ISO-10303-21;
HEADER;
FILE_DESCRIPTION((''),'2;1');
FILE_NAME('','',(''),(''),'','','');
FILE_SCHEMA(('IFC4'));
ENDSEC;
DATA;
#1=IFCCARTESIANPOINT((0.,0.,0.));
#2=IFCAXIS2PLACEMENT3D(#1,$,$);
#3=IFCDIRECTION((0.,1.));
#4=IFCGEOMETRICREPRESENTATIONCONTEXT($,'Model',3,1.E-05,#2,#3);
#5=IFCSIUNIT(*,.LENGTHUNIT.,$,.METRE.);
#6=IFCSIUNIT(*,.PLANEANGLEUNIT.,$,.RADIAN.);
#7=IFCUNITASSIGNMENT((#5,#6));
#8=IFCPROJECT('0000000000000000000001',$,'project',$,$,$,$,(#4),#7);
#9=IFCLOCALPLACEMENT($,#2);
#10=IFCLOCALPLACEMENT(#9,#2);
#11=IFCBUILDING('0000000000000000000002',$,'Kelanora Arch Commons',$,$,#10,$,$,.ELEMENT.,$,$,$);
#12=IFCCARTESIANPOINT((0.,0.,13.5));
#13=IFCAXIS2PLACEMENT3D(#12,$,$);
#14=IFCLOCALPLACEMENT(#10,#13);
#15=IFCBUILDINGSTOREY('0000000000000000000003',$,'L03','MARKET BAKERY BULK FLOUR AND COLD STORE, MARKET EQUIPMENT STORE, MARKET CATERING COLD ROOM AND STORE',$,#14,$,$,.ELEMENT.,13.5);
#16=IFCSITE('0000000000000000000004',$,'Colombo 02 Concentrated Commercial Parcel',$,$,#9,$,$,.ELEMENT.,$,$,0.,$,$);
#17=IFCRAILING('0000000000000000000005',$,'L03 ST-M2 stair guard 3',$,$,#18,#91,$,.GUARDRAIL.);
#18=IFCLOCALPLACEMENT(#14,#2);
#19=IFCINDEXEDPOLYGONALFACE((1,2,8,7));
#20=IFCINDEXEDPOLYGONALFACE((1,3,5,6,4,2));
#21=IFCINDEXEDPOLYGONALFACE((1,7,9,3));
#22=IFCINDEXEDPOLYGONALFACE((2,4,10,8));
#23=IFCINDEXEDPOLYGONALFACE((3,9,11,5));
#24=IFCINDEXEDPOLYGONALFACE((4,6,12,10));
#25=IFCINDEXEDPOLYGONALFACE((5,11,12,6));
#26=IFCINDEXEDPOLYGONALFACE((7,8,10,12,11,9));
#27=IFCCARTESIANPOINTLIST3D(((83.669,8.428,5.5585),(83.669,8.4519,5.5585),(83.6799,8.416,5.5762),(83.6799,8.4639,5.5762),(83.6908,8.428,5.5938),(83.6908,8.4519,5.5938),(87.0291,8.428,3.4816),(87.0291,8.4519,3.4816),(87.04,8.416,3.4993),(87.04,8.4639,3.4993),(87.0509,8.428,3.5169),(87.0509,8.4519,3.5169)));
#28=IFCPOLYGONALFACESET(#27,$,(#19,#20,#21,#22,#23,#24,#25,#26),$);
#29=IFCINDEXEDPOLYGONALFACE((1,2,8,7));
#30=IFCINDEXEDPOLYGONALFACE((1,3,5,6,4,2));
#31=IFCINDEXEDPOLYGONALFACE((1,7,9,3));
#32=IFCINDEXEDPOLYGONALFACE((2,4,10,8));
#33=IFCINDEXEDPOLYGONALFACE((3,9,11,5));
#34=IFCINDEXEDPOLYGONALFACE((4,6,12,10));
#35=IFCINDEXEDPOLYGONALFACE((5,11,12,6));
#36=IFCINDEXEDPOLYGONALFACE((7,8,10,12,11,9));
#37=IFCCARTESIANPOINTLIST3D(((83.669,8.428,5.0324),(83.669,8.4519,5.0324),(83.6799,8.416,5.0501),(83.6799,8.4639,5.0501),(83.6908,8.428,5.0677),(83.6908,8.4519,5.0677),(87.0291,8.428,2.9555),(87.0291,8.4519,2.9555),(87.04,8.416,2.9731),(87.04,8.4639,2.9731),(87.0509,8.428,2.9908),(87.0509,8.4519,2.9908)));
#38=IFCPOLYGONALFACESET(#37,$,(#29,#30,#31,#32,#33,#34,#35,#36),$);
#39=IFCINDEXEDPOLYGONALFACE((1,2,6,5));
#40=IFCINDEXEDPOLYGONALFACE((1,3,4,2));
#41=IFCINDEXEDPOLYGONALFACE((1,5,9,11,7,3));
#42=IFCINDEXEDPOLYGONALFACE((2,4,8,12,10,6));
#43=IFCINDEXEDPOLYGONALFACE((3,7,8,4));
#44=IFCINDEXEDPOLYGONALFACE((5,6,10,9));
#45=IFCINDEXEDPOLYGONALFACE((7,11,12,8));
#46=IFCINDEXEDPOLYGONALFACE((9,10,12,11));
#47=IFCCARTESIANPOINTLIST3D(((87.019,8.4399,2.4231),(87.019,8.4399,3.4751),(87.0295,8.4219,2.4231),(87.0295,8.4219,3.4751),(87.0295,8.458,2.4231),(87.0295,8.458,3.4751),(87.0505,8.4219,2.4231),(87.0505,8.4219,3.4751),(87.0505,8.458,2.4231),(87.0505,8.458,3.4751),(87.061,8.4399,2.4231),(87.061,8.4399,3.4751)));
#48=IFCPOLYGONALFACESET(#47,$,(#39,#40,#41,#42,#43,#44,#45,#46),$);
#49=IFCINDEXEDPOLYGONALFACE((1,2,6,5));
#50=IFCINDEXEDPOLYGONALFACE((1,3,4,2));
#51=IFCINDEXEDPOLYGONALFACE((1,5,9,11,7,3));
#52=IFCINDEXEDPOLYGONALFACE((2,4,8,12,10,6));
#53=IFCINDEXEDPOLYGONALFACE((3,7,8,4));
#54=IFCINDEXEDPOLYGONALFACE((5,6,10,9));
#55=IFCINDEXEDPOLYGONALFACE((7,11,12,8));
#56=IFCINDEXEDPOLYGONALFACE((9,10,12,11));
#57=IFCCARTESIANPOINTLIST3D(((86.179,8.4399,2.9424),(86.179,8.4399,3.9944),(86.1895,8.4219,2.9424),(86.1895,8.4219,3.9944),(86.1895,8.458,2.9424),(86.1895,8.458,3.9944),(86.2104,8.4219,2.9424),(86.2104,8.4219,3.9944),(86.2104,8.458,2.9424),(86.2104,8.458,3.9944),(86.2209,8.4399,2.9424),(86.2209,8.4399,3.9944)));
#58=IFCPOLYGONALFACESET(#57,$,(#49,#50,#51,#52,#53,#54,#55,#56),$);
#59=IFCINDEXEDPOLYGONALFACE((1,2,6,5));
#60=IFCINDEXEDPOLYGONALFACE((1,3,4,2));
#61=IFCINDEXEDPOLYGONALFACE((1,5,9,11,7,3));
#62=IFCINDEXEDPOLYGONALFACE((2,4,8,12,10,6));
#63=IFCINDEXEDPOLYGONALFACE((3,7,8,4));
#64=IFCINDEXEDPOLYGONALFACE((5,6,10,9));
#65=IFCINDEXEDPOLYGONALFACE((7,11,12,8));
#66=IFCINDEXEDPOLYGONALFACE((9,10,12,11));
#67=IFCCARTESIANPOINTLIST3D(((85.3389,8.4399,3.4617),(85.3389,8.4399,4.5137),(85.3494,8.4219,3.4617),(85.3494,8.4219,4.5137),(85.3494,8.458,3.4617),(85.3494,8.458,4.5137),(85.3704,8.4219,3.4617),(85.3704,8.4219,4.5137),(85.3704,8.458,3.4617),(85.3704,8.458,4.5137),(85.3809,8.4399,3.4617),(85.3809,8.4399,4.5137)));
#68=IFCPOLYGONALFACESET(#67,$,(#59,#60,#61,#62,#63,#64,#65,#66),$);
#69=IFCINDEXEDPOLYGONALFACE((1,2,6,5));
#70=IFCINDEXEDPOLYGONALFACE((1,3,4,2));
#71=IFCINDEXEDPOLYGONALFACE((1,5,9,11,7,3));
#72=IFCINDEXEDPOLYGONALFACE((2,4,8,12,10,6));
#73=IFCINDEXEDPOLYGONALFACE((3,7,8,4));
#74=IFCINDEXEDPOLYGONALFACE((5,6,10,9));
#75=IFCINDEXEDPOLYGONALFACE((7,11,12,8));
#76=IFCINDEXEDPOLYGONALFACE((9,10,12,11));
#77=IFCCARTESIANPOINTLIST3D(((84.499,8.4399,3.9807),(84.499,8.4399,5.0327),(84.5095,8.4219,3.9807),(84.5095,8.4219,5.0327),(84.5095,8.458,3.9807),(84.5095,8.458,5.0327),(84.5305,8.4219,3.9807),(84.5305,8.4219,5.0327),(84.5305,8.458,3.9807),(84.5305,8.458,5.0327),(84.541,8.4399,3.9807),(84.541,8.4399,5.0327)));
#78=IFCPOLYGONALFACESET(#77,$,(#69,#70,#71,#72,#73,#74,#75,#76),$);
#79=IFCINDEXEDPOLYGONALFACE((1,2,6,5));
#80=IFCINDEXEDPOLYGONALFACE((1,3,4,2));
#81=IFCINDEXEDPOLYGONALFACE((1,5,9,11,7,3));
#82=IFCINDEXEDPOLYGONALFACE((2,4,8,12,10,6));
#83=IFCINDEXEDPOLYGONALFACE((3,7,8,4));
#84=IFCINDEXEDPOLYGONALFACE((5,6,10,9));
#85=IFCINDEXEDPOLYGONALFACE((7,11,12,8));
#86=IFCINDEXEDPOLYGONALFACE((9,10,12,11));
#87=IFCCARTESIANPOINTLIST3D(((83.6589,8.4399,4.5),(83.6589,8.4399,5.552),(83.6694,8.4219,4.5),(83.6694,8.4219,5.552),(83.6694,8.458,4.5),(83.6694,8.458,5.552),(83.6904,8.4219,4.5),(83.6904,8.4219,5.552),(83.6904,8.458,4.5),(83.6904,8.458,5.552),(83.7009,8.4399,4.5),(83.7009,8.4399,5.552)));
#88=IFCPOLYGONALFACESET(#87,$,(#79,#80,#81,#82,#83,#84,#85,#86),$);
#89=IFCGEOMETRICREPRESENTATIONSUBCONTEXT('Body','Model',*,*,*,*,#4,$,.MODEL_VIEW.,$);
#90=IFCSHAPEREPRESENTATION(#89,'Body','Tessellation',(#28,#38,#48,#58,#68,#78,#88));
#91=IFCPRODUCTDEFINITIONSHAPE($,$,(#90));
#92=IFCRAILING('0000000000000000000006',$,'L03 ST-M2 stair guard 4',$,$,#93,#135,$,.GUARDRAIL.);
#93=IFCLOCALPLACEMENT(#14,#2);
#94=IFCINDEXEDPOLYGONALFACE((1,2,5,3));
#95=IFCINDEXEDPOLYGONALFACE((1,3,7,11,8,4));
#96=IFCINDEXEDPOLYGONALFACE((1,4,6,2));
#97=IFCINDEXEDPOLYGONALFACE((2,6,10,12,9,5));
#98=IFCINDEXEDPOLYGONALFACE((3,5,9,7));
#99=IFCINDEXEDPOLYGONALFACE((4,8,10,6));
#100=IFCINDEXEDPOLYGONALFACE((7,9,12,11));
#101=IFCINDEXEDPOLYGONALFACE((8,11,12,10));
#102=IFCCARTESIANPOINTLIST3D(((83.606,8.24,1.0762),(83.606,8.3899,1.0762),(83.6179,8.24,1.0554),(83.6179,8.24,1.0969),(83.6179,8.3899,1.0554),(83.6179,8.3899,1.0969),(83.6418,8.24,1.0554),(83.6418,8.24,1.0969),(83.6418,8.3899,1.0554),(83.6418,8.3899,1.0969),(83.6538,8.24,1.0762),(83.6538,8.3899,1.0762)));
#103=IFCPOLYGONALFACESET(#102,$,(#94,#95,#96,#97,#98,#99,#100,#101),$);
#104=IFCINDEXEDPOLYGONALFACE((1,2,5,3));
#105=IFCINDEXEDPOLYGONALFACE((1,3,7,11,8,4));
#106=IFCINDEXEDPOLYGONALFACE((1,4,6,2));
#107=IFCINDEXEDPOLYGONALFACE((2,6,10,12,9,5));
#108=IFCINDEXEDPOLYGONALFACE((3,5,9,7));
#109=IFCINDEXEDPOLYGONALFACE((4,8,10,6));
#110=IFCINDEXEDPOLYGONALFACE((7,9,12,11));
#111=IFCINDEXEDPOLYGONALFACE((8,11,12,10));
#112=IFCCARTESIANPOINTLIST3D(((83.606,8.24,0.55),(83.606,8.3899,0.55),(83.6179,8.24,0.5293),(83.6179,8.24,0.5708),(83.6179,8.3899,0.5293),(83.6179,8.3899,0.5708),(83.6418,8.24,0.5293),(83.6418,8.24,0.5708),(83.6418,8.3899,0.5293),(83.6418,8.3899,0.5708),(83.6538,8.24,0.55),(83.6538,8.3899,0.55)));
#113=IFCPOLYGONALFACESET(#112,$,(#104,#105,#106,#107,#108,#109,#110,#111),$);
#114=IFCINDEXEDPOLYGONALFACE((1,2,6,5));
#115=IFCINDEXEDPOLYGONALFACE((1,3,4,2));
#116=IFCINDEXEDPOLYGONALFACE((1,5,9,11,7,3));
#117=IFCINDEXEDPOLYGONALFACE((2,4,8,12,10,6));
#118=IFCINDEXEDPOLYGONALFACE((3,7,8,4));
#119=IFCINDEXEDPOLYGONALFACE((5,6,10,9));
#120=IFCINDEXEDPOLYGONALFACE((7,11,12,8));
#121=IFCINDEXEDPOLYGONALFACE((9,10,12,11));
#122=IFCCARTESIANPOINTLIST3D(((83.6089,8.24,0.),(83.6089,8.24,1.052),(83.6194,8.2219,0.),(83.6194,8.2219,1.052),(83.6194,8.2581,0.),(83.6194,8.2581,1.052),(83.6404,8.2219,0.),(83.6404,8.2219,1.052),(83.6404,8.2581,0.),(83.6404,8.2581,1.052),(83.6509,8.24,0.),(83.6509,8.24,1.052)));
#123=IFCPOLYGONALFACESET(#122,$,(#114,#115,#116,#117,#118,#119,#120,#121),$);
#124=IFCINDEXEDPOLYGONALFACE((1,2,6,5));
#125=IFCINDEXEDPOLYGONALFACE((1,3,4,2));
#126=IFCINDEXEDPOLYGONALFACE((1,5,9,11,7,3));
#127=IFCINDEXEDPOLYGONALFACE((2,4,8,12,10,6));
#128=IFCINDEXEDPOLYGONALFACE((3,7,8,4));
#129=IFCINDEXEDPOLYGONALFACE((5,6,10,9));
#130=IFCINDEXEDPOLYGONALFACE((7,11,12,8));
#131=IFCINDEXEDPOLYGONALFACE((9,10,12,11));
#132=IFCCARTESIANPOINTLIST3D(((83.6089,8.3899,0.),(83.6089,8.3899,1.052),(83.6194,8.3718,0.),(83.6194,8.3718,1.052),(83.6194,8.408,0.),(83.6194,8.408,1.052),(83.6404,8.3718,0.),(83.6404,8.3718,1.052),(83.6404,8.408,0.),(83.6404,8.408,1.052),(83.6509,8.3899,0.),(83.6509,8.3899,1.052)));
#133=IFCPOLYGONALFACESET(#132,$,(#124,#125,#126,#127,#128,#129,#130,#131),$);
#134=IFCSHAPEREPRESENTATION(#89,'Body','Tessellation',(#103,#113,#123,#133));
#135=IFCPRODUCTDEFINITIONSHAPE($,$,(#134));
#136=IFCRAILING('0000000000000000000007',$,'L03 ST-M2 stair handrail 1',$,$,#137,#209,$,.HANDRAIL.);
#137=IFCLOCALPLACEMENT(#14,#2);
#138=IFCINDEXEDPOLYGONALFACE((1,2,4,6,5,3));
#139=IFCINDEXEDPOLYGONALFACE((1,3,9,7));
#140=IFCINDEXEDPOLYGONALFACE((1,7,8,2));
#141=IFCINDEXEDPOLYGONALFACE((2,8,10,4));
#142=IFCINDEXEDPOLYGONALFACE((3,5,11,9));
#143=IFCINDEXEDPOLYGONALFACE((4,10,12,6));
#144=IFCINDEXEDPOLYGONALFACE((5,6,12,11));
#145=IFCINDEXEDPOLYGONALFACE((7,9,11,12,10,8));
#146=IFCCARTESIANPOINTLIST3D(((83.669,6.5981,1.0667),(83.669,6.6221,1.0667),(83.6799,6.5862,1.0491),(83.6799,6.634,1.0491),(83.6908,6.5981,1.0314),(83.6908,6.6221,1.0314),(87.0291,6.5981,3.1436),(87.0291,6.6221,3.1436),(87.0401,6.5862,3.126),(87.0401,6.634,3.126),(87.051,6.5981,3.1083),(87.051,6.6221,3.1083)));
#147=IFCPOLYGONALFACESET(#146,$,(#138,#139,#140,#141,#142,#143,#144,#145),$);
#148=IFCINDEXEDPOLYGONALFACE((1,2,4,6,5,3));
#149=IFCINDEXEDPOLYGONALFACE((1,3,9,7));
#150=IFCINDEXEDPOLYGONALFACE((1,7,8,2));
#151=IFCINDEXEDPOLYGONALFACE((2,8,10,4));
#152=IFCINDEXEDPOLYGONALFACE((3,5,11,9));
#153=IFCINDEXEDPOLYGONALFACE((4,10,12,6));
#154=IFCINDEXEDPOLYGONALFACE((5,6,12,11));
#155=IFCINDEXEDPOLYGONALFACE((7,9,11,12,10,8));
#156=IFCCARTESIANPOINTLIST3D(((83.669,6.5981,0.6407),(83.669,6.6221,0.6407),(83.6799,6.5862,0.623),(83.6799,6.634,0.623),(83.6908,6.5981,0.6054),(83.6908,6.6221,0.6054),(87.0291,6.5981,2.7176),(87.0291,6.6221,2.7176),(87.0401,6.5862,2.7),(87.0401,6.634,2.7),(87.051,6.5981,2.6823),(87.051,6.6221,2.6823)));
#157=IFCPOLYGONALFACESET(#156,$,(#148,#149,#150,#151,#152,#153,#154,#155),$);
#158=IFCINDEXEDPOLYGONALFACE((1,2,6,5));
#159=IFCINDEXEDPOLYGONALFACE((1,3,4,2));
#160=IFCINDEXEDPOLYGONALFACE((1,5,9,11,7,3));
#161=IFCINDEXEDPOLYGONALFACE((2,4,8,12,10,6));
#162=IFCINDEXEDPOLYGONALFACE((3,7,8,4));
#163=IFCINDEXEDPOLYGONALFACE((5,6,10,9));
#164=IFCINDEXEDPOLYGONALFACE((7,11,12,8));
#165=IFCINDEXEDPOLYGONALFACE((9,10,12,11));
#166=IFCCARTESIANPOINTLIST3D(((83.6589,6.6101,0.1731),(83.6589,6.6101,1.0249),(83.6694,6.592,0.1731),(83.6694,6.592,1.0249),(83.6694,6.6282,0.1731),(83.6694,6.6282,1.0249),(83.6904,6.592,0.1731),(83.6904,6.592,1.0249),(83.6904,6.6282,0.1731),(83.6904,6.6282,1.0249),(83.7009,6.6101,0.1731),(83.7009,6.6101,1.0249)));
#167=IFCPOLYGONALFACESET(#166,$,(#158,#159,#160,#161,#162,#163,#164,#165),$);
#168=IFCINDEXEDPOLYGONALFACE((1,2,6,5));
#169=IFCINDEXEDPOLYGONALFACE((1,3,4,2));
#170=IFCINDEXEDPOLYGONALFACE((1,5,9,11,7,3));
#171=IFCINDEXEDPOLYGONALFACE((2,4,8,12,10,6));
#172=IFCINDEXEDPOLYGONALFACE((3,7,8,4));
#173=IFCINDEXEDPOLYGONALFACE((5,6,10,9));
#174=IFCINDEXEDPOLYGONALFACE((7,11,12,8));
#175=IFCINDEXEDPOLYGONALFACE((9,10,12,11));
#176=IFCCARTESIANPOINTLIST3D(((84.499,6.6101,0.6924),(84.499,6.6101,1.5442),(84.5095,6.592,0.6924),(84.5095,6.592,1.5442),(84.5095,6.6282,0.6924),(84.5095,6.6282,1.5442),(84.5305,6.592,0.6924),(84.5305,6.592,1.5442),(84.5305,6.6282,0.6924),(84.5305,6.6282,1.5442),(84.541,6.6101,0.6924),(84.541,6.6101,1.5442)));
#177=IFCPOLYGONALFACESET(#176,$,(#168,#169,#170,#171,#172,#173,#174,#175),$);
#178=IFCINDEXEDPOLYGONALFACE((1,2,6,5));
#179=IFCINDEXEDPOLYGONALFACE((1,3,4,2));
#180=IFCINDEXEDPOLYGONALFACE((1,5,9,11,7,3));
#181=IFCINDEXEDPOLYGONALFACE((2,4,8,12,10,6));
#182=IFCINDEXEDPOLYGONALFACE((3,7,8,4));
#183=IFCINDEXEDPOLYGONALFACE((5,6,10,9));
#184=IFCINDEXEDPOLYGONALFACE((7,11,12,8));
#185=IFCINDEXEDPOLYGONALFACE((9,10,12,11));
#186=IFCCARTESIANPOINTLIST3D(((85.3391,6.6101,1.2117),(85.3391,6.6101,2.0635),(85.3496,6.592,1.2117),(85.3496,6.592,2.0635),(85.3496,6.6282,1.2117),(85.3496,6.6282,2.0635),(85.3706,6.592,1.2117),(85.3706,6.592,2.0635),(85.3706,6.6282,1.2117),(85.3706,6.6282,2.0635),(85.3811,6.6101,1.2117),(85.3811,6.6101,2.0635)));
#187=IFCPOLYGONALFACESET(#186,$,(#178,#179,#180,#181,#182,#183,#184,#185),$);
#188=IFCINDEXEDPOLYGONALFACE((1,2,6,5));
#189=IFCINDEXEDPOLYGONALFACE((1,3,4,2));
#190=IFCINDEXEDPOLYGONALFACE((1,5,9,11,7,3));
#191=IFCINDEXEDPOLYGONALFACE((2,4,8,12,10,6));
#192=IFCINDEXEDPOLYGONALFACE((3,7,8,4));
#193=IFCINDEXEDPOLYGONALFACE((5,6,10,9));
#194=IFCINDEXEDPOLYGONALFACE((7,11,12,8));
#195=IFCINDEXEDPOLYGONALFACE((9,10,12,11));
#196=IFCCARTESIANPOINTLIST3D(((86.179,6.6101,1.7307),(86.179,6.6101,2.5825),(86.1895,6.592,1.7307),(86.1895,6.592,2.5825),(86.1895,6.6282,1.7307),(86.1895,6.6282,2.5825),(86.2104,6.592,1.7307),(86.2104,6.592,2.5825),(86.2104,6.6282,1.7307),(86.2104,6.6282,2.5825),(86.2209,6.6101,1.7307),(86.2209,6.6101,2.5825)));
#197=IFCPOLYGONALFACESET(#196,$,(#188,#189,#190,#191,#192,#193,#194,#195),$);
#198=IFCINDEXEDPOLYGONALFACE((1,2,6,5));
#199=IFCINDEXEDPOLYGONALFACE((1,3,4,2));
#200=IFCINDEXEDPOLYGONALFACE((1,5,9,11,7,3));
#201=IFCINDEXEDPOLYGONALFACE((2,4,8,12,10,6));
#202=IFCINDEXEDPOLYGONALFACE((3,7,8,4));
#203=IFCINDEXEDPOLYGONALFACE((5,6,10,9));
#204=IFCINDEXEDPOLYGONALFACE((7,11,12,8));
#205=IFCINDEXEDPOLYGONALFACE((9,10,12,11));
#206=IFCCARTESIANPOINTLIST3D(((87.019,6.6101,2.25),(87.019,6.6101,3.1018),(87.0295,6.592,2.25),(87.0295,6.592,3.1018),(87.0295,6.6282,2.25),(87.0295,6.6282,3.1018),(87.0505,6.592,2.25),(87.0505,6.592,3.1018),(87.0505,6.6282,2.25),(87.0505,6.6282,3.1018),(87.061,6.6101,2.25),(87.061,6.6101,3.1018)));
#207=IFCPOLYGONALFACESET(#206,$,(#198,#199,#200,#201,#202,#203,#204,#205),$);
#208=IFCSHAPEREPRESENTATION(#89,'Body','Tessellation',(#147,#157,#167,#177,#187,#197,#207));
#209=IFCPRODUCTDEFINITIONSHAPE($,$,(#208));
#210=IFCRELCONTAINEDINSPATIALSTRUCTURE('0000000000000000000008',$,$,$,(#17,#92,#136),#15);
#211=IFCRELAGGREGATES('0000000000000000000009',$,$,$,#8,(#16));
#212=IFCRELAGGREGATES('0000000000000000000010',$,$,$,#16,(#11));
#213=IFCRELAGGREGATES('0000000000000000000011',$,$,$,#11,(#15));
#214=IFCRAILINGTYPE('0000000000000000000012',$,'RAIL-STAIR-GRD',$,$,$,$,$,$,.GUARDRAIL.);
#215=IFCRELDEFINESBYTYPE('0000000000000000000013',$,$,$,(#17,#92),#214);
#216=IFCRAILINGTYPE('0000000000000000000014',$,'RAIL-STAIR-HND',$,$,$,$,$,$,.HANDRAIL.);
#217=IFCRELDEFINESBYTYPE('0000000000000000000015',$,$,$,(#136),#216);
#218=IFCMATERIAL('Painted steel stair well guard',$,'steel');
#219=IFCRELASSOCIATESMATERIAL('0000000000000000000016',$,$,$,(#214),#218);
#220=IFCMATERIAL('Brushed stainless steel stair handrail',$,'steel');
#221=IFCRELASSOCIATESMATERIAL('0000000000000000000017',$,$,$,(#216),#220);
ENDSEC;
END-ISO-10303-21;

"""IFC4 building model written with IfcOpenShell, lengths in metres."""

from ifc_helpers import new_model, si_unit, direction, frame, origin, place, context, subcontext, project, spatial, polyline, outline, extrude, material, type_object, element, save


model = new_model("IFC4")

# Units and contexts
model_context = context("Model", 3, precision=1e-05, world=origin(), true_north=direction((0.0, 1.0)))
body_context = subcontext(model_context, "Body", "Model", "MODEL_VIEW")
ifc_project = project(units=[si_unit("LENGTHUNIT", "METRE"), si_unit("PLANEANGLEUNIT", "RADIAN")], contexts=[model_context])

# Site, building, storey
site_placement = place(None, origin())
site = spatial("IfcSite", under=ifc_project, at=site_placement, Name="Colombo 02 Concentrated Commercial Parcel", CompositionType="ELEMENT", RefElevation=0.0)
building_placement = place(site_placement, origin())
building = spatial("IfcBuilding", under=site, at=building_placement, Name="Kelanora Arch Commons", CompositionType="ELEMENT")
storey_placement = place(building_placement, frame((0.0, 0.0, 13.5)))
storey = spatial("IfcBuildingStorey", under=building, at=storey_placement, Name="L03", Description="MARKET BAKERY BULK FLOUR AND COLD STORE, MARKET EQUIPMENT STORE, MARKET CATERING COLD ROOM AND STORE", CompositionType="ELEMENT", Elevation=13.5)

# Railings
ifc_material_1 = material(Name="Painted steel stair well guard", Category="steel")
railing_type_1 = type_object("IfcRailingType", Name="RAIL-STAIR-GRD", PredefinedType="GUARDRAIL", material=ifc_material_1)
railing_1_placement = place(storey_placement, frame((87.04, 8.4399, 2.4231)))
element("IfcRailing", 1, at=railing_1_placement, inside=storey, type_object=railing_type_1, Name="L03 ST-M2 stair guard 3", PredefinedType="GUARDRAIL", context=body_context, shape_type="SweptSolid", body=[
    extrude(outline(polyline([(0.0239, 0.0), (0.012, 0.0208), (-0.012, 0.0208), (-0.0239, 0.0), (-0.012, -0.0208), (0.012, -0.0208), (0.0239, 0.0)])), frame((0.0, 0.0, 1.0762), z_axis=(-0.850623, 0.0, 0.525776), x_axis=(0.0, -1.0, 0.0)), (0.0, 0.0, 1.0), 3.9502),
    extrude(outline(polyline([(0.0239, 0.0), (0.012, 0.0208), (-0.012, 0.0208), (-0.0239, 0.0), (-0.012, -0.0208), (0.012, -0.0208), (0.0239, 0.0)])), frame((0.0, 0.0, 0.55), z_axis=(-0.850623, 0.0, 0.525776), x_axis=(0.0, -1.0, 0.0)), (0.0, 0.0, 1.0), 3.9502),
    extrude(outline(polyline([(0.021, 0.0), (0.0105, 0.0181), (-0.0105, 0.0181), (-0.021, 0.0), (-0.0105, -0.0181), (0.0105, -0.0181), (0.021, 0.0)])), origin(), (0.0, 0.0, 1.0), 1.052),
    extrude(outline(polyline([(0.021, 0.0), (0.0105, 0.0181), (-0.0105, 0.0181), (-0.021, 0.0), (-0.0105, -0.0181), (0.0105, -0.0181), (0.021, 0.0)])), frame((-0.8401, 0.0, 0.5193)), (0.0, 0.0, 1.0), 1.052),
    extrude(outline(polyline([(0.021, 0.0), (0.0105, 0.0181), (-0.0105, 0.0181), (-0.021, 0.0), (-0.0105, -0.0181), (0.0105, -0.0181), (0.021, 0.0)])), frame((-1.6802, 0.0, 1.0386)), (0.0, 0.0, 1.0), 1.052),
    extrude(outline(polyline([(0.021, 0.0), (0.0105, 0.0181), (-0.0105, 0.0181), (-0.021, 0.0), (-0.0105, -0.0181), (0.0105, -0.0181), (0.021, 0.0)])), frame((-2.52, 0.0, 1.5576)), (0.0, 0.0, 1.0), 1.052),
    extrude(outline(polyline([(0.021, 0.0), (0.0105, 0.0181), (-0.0105, 0.0181), (-0.021, 0.0), (-0.0105, -0.0181), (0.0105, -0.0181), (0.021, 0.0)])), frame((-3.3601, 0.0, 2.0769)), (0.0, 0.0, 1.0), 1.052),
])
railing_2_placement = place(storey_placement, frame((83.6299, 8.24, 0.0)))
element("IfcRailing", 2, at=railing_2_placement, inside=storey, type_object=railing_type_1, Name="L03 ST-M2 stair guard 4", PredefinedType="GUARDRAIL", context=body_context, shape_type="SweptSolid", body=[
    extrude(outline(polyline([(0.0239, 0.0), (0.012, 0.0208), (-0.012, 0.0208), (-0.0239, 0.0), (-0.012, -0.0208), (0.012, -0.0208), (0.0239, 0.0)])), frame((0.0, 0.0, 1.0762), z_axis=(0.0, 1.0, 0.0), x_axis=(-1.0, 0.0, 0.0)), (0.0, 0.0, 1.0), 0.1499),
    extrude(outline(polyline([(0.0239, 0.0), (0.012, 0.0208), (-0.012, 0.0208), (-0.0239, 0.0), (-0.012, -0.0208), (0.012, -0.0208), (0.0239, 0.0)])), frame((0.0, 0.0, 0.55), z_axis=(0.0, 1.0, 0.0), x_axis=(-1.0, 0.0, 0.0)), (0.0, 0.0, 1.0), 0.1499),
    extrude(outline(polyline([(0.021, 0.0), (0.0105, 0.0181), (-0.0105, 0.0181), (-0.021, 0.0), (-0.0105, -0.0181), (0.0105, -0.0181), (0.021, 0.0)])), origin(), (0.0, 0.0, 1.0), 1.052),
    extrude(outline(polyline([(0.021, 0.0), (0.0105, 0.0181), (-0.0105, 0.0181), (-0.021, 0.0), (-0.0105, -0.0181), (0.0105, -0.0181), (0.021, 0.0)])), frame((0.0, 0.1499, 0.0)), (0.0, 0.0, 1.0), 1.052),
])
ifc_material_2 = material(Name="Brushed stainless steel stair handrail", Category="steel")
railing_type_2 = type_object("IfcRailingType", Name="RAIL-STAIR-HND", PredefinedType="HANDRAIL", material=ifc_material_2)
railing_3_placement = place(storey_placement, frame((83.6799, 6.6101, 0.1731)))
element("IfcRailing", 3, at=railing_3_placement, inside=storey, type_object=railing_type_2, Name="L03 ST-M2 stair handrail 1", PredefinedType="HANDRAIL", context=body_context, shape_type="SweptSolid", body=[
    extrude(outline(polyline([(0.0239, 0.0), (0.012, 0.0208), (-0.012, 0.0208), (-0.0239, 0.0), (-0.012, -0.0208), (0.012, -0.0208), (0.0239, 0.0)])), frame((0.0, 0.0, 0.876), z_axis=(0.850623, 0.0, 0.525776), x_axis=(0.0, 1.0, 0.0)), (0.0, 0.0, 1.0), 3.9502),
    extrude(outline(polyline([(0.0239, 0.0), (0.012, 0.0208), (-0.012, 0.0208), (-0.0239, 0.0), (-0.012, -0.0208), (0.012, -0.0208), (0.0239, 0.0)])), frame((0.0, 0.0, 0.45), z_axis=(0.850623, 0.0, 0.525776), x_axis=(0.0, 1.0, 0.0)), (0.0, 0.0, 1.0), 3.9502),
    extrude(outline(polyline([(0.021, 0.0), (0.0105, 0.0181), (-0.0105, 0.0181), (-0.021, 0.0), (-0.0105, -0.0181), (0.0105, -0.0181), (0.021, 0.0)])), origin(), (0.0, 0.0, 1.0), 0.8518),
    extrude(outline(polyline([(0.021, 0.0), (0.0105, 0.0181), (-0.0105, 0.0181), (-0.021, 0.0), (-0.0105, -0.0181), (0.0105, -0.0181), (0.021, 0.0)])), frame((0.8401, 0.0, 0.5193)), (0.0, 0.0, 1.0), 0.8518),
    extrude(outline(polyline([(0.021, 0.0), (0.0105, 0.0181), (-0.0105, 0.0181), (-0.021, 0.0), (-0.0105, -0.0181), (0.0105, -0.0181), (0.021, 0.0)])), frame((1.6802, 0.0, 1.0386)), (0.0, 0.0, 1.0), 0.8518),
    extrude(outline(polyline([(0.021, 0.0), (0.0105, 0.0181), (-0.0105, 0.0181), (-0.021, 0.0), (-0.0105, -0.0181), (0.0105, -0.0181), (0.021, 0.0)])), frame((2.52, 0.0, 1.5576)), (0.0, 0.0, 1.0), 0.8518),
    extrude(outline(polyline([(0.021, 0.0), (0.0105, 0.0181), (-0.0105, 0.0181), (-0.021, 0.0), (-0.0105, -0.0181), (0.0105, -0.0181), (0.021, 0.0)])), frame((3.3601, 0.0, 2.0769)), (0.0, 0.0, 1.0), 0.8518),
])

save(model, "model.ifc")
